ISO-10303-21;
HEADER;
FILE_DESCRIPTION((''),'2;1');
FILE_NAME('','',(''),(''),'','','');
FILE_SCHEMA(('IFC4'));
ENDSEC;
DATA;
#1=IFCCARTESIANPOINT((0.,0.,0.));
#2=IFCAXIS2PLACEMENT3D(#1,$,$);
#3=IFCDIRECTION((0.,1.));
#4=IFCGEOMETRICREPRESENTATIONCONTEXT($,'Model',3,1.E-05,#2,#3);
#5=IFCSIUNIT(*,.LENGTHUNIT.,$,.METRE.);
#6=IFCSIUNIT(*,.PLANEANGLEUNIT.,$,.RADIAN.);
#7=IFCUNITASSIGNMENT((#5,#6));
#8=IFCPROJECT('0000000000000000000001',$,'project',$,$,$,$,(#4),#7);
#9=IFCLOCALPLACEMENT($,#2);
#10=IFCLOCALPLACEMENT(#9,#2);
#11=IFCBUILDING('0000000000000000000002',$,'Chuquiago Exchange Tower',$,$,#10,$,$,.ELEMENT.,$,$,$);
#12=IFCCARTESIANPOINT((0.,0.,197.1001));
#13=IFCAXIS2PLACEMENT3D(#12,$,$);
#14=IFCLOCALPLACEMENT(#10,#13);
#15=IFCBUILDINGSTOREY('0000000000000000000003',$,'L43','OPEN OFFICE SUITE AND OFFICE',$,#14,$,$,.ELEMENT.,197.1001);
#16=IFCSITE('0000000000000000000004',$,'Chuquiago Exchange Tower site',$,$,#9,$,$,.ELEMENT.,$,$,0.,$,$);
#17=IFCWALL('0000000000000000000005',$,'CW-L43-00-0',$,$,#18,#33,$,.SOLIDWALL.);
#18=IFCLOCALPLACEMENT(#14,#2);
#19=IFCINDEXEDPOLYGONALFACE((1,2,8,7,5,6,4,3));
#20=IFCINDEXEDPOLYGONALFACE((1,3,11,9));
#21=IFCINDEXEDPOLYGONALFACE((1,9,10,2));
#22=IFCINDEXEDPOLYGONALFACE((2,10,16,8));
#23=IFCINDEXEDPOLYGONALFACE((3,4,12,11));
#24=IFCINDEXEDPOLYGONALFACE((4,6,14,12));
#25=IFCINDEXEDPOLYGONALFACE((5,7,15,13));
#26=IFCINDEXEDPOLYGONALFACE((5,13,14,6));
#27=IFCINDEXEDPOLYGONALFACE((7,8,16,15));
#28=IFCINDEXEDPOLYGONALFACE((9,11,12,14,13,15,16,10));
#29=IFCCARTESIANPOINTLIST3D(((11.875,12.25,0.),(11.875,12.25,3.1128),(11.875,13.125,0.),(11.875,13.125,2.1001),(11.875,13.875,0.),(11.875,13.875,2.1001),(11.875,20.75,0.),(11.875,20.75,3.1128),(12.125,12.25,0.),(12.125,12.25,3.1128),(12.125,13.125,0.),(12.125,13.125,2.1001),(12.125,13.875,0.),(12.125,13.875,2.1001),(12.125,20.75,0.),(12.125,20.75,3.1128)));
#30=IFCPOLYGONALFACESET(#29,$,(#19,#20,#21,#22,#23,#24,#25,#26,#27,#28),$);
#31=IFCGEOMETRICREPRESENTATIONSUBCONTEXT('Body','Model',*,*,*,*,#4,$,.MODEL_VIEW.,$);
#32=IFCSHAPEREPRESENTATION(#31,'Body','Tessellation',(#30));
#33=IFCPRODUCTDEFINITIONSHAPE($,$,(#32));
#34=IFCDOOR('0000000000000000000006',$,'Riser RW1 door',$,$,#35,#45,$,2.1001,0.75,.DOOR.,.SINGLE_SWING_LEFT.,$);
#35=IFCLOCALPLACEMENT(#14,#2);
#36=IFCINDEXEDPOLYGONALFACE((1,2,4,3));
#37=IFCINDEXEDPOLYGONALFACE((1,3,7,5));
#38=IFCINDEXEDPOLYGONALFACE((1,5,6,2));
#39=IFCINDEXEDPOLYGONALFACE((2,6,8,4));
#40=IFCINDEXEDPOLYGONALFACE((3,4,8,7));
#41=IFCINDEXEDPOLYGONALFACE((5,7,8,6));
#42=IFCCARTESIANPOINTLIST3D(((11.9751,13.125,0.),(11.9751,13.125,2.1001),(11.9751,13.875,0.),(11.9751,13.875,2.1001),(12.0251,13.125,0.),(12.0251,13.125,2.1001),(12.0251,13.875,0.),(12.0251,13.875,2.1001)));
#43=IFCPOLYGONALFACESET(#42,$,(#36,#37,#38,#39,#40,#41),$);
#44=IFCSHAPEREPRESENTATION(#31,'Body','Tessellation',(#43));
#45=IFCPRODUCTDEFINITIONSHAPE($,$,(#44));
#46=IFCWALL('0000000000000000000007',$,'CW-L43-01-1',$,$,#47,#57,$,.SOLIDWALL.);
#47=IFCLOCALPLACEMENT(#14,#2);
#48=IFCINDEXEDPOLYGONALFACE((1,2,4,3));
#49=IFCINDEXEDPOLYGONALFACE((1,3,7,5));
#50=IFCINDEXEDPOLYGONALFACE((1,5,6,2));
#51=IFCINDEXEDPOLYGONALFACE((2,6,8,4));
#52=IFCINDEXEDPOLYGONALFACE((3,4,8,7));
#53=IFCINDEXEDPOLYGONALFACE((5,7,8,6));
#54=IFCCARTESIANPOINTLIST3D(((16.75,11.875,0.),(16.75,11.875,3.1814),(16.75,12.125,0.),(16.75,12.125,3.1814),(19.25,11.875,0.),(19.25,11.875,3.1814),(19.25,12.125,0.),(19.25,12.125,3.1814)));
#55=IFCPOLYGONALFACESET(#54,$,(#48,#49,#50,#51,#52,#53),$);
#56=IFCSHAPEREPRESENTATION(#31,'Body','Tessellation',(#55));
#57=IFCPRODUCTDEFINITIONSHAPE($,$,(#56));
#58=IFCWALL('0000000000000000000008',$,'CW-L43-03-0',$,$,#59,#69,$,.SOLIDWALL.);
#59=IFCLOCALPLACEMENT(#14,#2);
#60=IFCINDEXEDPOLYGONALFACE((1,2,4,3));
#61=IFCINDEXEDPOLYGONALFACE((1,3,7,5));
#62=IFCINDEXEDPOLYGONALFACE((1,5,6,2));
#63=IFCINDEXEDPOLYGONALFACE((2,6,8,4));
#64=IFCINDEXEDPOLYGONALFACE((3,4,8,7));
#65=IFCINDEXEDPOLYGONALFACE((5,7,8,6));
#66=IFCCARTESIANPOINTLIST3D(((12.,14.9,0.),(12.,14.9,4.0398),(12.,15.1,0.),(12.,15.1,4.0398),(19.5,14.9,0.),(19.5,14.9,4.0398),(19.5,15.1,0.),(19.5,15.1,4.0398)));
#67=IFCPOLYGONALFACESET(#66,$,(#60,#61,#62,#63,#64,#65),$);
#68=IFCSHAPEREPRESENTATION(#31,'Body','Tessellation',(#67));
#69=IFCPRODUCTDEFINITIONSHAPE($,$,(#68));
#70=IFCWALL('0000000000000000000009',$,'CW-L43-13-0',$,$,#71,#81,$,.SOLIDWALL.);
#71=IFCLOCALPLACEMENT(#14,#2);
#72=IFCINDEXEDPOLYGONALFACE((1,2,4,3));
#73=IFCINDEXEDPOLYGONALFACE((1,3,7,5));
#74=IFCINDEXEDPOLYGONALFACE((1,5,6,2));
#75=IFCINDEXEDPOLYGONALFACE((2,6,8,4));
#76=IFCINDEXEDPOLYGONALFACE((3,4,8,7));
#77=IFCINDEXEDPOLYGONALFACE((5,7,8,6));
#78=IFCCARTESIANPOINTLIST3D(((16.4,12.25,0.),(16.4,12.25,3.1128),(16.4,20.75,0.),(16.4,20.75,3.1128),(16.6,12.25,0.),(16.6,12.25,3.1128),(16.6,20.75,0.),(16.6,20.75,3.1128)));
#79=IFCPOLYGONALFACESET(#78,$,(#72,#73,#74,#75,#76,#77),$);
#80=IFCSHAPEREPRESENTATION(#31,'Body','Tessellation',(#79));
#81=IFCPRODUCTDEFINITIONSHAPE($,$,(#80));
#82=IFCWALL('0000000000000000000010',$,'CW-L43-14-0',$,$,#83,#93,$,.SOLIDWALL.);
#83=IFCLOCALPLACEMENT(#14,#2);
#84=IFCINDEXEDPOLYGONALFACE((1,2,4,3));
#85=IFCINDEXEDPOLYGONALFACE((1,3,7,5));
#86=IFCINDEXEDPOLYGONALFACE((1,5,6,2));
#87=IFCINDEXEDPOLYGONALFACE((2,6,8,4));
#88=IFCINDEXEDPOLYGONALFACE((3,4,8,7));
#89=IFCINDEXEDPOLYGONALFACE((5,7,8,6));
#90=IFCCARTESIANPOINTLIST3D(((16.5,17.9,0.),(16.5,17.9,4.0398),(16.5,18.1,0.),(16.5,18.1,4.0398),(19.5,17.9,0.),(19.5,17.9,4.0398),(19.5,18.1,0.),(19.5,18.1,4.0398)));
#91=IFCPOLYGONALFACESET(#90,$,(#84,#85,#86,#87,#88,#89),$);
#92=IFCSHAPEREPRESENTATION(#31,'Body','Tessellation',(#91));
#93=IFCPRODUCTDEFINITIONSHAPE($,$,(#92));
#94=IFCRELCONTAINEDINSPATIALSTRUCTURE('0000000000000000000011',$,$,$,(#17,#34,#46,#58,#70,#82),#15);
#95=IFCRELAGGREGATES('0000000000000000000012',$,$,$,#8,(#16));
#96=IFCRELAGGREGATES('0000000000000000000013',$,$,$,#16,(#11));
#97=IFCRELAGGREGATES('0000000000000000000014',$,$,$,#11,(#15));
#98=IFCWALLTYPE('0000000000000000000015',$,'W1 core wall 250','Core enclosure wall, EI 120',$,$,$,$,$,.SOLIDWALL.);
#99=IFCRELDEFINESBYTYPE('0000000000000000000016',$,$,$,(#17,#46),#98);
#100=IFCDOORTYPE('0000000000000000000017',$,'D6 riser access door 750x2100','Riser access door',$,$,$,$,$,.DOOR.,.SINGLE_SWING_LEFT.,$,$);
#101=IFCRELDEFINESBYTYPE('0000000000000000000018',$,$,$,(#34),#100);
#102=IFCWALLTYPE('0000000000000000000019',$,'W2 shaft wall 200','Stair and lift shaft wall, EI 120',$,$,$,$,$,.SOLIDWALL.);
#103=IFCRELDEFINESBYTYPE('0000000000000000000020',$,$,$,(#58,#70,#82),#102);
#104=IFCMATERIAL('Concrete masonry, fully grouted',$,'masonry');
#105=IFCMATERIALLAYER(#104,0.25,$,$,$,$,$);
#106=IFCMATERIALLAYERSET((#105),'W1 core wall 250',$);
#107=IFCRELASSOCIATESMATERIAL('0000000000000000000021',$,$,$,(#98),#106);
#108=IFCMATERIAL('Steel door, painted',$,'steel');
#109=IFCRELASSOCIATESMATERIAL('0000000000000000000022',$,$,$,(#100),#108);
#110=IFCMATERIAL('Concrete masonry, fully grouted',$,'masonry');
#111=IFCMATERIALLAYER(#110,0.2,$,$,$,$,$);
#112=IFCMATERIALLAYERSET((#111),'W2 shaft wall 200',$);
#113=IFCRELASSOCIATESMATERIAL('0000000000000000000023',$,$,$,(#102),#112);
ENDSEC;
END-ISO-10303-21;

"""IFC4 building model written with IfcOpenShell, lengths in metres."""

from ifc_helpers import new_model, si_unit, direction, frame, frame_2d, origin, place, context, subcontext, project, spatial, rectangle, extrude, material, layer, layer_set, type_object, element, fill, save


model = new_model("IFC4")

# Units and contexts
model_context = context("Model", 3, precision=1e-05, world=origin(), true_north=direction((0.0, 1.0)))
body_context = subcontext(model_context, "Body", "Model", "MODEL_VIEW")
ifc_project = project(units=[si_unit("LENGTHUNIT", "METRE"), si_unit("PLANEANGLEUNIT", "RADIAN")], contexts=[model_context])

# Site, building, storey
site_placement = place(None, origin())
site = spatial("IfcSite", under=ifc_project, at=site_placement, Name="Chuquiago Exchange Tower site", CompositionType="ELEMENT", RefElevation=0.0)
building_placement = place(site_placement, origin())
building = spatial("IfcBuilding", under=site, at=building_placement, Name="Chuquiago Exchange Tower", CompositionType="ELEMENT")
storey_placement = place(building_placement, frame((0.0, 0.0, 197.1001)))
storey = spatial("IfcBuildingStorey", under=building, at=storey_placement, Name="L43", Description="OPEN OFFICE SUITE AND OFFICE", CompositionType="ELEMENT", Elevation=197.1001)

# Wall, opening, door
ifc_material_1 = material(Name="Concrete masonry, fully grouted", Category="masonry")
ifc_layer_1 = layer(ifc_material_1, 0.25)
ifc_layer_set_1 = layer_set([ifc_layer_1], Name="W1 core wall 250")
wall_type_1 = type_object("IfcWallType", Name="W1 core wall 250", Description="Core enclosure wall, EI 120", PredefinedType="SOLIDWALL", material=ifc_layer_set_1)
wall_1_placement = place(storey_placement, frame((12.0, 12.25, 0.0), z_axis=(0.0, 0.0, 1.0), x_axis=(0.0, 1.0, 0.0)))
wall_1 = element("IfcWall", 1, at=wall_1_placement, inside=storey, type_object=wall_type_1, Name="CW-L43-00-0", PredefinedType="SOLIDWALL", context=body_context, shape_type="SweptSolid", body=[
    extrude(rectangle(XDim=8.5, YDim=0.25, at=frame_2d((4.25, 0.0))), origin(), (0.0, 0.0, 1.0), 3.1128),
])
opening_placement = place(wall_1_placement, frame((0.875, 0.0, 0.0)))
opening = element("IfcOpeningElement", 2, at=opening_placement, cuts=wall_1, PredefinedType="OPENING", context=body_context, shape_type="SweptSolid", body=[
    extrude(rectangle(XDim=0.75, YDim=2.1001, at=frame_2d((0.375, 1.05))), frame((0.0, 0.135, 0.0), z_axis=(0.0, -1.0, 0.0), x_axis=(1.0, 0.0, 0.0)), (0.0, 0.0, 1.0), 0.27),
])
ifc_material_2 = material(Name="Steel door, painted", Category="steel")
door_type = type_object("IfcDoorType", Name="D6 riser access door 750x2100", Description="Riser access door", OperationType="SINGLE_SWING_LEFT", PredefinedType="DOOR", material=ifc_material_2)
door_placement = place(opening_placement, origin())
door = element("IfcDoor", 3, at=door_placement, inside=storey, type_object=door_type, Name="Riser RW1 door", OperationType="SINGLE_SWING_LEFT", OverallHeight=2.1001, OverallWidth=0.75, PredefinedType="DOOR", context=body_context, shape_type="SweptSolid", body=[
    extrude(rectangle(XDim=0.75, YDim=2.1001, at=frame_2d((0.375, 1.05))), frame((0.0, 0.0249, 0.0), z_axis=(0.0, -1.0, 0.0), x_axis=(1.0, 0.0, 0.0)), (0.0, 0.0, 1.0), 0.05),
])
fill(opening, door)

# Walls
wall_2_placement = place(storey_placement, frame((16.75, 12.0, 0.0), z_axis=(0.0, 0.0, 1.0), x_axis=(1.0, 0.0, 0.0)))
element("IfcWall", 4, at=wall_2_placement, inside=storey, type_object=wall_type_1, Name="CW-L43-01-1", PredefinedType="SOLIDWALL", context=body_context, shape_type="SweptSolid", body=[
    extrude(rectangle(XDim=2.5, YDim=0.25, at=frame_2d((1.25, 0.0))), origin(), (0.0, 0.0, 1.0), 3.1814),
])
ifc_material_3 = material(Name="Concrete masonry, fully grouted", Category="masonry")
ifc_layer_2 = layer(ifc_material_3, 0.2)
ifc_layer_set_2 = layer_set([ifc_layer_2], Name="W2 shaft wall 200")
wall_type_2 = type_object("IfcWallType", Name="W2 shaft wall 200", Description="Stair and lift shaft wall, EI 120", PredefinedType="SOLIDWALL", material=ifc_layer_set_2)
wall_3_placement = place(storey_placement, frame((12.0, 15.0, 0.0), z_axis=(0.0, 0.0, 1.0), x_axis=(1.0, 0.0, 0.0)))
element("IfcWall", 5, at=wall_3_placement, inside=storey, type_object=wall_type_2, Name="CW-L43-03-0", PredefinedType="SOLIDWALL", context=body_context, shape_type="SweptSolid", body=[
    extrude(rectangle(XDim=7.5, YDim=0.2, at=frame_2d((3.75, 0.0))), origin(), (0.0, 0.0, 1.0), 4.0398),
])
wall_4_placement = place(storey_placement, frame((16.5, 12.25, 0.0), z_axis=(0.0, 0.0, 1.0), x_axis=(0.0, 1.0, 0.0)))
element("IfcWall", 6, at=wall_4_placement, inside=storey, type_object=wall_type_2, Name="CW-L43-13-0", PredefinedType="SOLIDWALL", context=body_context, shape_type="SweptSolid", body=[
    extrude(rectangle(XDim=8.5, YDim=0.2, at=frame_2d((4.25, 0.0))), origin(), (0.0, 0.0, 1.0), 3.1128),
])
wall_5_placement = place(storey_placement, frame((16.5, 18.0, 0.0), z_axis=(0.0, 0.0, 1.0), x_axis=(1.0, 0.0, 0.0)))
element("IfcWall", 7, at=wall_5_placement, inside=storey, type_object=wall_type_2, Name="CW-L43-14-0", PredefinedType="SOLIDWALL", context=body_context, shape_type="SweptSolid", body=[
    extrude(rectangle(XDim=3.0, YDim=0.2, at=frame_2d((1.5, 0.0))), origin(), (0.0, 0.0, 1.0), 4.0398),
])

save(model, "model.ifc")
